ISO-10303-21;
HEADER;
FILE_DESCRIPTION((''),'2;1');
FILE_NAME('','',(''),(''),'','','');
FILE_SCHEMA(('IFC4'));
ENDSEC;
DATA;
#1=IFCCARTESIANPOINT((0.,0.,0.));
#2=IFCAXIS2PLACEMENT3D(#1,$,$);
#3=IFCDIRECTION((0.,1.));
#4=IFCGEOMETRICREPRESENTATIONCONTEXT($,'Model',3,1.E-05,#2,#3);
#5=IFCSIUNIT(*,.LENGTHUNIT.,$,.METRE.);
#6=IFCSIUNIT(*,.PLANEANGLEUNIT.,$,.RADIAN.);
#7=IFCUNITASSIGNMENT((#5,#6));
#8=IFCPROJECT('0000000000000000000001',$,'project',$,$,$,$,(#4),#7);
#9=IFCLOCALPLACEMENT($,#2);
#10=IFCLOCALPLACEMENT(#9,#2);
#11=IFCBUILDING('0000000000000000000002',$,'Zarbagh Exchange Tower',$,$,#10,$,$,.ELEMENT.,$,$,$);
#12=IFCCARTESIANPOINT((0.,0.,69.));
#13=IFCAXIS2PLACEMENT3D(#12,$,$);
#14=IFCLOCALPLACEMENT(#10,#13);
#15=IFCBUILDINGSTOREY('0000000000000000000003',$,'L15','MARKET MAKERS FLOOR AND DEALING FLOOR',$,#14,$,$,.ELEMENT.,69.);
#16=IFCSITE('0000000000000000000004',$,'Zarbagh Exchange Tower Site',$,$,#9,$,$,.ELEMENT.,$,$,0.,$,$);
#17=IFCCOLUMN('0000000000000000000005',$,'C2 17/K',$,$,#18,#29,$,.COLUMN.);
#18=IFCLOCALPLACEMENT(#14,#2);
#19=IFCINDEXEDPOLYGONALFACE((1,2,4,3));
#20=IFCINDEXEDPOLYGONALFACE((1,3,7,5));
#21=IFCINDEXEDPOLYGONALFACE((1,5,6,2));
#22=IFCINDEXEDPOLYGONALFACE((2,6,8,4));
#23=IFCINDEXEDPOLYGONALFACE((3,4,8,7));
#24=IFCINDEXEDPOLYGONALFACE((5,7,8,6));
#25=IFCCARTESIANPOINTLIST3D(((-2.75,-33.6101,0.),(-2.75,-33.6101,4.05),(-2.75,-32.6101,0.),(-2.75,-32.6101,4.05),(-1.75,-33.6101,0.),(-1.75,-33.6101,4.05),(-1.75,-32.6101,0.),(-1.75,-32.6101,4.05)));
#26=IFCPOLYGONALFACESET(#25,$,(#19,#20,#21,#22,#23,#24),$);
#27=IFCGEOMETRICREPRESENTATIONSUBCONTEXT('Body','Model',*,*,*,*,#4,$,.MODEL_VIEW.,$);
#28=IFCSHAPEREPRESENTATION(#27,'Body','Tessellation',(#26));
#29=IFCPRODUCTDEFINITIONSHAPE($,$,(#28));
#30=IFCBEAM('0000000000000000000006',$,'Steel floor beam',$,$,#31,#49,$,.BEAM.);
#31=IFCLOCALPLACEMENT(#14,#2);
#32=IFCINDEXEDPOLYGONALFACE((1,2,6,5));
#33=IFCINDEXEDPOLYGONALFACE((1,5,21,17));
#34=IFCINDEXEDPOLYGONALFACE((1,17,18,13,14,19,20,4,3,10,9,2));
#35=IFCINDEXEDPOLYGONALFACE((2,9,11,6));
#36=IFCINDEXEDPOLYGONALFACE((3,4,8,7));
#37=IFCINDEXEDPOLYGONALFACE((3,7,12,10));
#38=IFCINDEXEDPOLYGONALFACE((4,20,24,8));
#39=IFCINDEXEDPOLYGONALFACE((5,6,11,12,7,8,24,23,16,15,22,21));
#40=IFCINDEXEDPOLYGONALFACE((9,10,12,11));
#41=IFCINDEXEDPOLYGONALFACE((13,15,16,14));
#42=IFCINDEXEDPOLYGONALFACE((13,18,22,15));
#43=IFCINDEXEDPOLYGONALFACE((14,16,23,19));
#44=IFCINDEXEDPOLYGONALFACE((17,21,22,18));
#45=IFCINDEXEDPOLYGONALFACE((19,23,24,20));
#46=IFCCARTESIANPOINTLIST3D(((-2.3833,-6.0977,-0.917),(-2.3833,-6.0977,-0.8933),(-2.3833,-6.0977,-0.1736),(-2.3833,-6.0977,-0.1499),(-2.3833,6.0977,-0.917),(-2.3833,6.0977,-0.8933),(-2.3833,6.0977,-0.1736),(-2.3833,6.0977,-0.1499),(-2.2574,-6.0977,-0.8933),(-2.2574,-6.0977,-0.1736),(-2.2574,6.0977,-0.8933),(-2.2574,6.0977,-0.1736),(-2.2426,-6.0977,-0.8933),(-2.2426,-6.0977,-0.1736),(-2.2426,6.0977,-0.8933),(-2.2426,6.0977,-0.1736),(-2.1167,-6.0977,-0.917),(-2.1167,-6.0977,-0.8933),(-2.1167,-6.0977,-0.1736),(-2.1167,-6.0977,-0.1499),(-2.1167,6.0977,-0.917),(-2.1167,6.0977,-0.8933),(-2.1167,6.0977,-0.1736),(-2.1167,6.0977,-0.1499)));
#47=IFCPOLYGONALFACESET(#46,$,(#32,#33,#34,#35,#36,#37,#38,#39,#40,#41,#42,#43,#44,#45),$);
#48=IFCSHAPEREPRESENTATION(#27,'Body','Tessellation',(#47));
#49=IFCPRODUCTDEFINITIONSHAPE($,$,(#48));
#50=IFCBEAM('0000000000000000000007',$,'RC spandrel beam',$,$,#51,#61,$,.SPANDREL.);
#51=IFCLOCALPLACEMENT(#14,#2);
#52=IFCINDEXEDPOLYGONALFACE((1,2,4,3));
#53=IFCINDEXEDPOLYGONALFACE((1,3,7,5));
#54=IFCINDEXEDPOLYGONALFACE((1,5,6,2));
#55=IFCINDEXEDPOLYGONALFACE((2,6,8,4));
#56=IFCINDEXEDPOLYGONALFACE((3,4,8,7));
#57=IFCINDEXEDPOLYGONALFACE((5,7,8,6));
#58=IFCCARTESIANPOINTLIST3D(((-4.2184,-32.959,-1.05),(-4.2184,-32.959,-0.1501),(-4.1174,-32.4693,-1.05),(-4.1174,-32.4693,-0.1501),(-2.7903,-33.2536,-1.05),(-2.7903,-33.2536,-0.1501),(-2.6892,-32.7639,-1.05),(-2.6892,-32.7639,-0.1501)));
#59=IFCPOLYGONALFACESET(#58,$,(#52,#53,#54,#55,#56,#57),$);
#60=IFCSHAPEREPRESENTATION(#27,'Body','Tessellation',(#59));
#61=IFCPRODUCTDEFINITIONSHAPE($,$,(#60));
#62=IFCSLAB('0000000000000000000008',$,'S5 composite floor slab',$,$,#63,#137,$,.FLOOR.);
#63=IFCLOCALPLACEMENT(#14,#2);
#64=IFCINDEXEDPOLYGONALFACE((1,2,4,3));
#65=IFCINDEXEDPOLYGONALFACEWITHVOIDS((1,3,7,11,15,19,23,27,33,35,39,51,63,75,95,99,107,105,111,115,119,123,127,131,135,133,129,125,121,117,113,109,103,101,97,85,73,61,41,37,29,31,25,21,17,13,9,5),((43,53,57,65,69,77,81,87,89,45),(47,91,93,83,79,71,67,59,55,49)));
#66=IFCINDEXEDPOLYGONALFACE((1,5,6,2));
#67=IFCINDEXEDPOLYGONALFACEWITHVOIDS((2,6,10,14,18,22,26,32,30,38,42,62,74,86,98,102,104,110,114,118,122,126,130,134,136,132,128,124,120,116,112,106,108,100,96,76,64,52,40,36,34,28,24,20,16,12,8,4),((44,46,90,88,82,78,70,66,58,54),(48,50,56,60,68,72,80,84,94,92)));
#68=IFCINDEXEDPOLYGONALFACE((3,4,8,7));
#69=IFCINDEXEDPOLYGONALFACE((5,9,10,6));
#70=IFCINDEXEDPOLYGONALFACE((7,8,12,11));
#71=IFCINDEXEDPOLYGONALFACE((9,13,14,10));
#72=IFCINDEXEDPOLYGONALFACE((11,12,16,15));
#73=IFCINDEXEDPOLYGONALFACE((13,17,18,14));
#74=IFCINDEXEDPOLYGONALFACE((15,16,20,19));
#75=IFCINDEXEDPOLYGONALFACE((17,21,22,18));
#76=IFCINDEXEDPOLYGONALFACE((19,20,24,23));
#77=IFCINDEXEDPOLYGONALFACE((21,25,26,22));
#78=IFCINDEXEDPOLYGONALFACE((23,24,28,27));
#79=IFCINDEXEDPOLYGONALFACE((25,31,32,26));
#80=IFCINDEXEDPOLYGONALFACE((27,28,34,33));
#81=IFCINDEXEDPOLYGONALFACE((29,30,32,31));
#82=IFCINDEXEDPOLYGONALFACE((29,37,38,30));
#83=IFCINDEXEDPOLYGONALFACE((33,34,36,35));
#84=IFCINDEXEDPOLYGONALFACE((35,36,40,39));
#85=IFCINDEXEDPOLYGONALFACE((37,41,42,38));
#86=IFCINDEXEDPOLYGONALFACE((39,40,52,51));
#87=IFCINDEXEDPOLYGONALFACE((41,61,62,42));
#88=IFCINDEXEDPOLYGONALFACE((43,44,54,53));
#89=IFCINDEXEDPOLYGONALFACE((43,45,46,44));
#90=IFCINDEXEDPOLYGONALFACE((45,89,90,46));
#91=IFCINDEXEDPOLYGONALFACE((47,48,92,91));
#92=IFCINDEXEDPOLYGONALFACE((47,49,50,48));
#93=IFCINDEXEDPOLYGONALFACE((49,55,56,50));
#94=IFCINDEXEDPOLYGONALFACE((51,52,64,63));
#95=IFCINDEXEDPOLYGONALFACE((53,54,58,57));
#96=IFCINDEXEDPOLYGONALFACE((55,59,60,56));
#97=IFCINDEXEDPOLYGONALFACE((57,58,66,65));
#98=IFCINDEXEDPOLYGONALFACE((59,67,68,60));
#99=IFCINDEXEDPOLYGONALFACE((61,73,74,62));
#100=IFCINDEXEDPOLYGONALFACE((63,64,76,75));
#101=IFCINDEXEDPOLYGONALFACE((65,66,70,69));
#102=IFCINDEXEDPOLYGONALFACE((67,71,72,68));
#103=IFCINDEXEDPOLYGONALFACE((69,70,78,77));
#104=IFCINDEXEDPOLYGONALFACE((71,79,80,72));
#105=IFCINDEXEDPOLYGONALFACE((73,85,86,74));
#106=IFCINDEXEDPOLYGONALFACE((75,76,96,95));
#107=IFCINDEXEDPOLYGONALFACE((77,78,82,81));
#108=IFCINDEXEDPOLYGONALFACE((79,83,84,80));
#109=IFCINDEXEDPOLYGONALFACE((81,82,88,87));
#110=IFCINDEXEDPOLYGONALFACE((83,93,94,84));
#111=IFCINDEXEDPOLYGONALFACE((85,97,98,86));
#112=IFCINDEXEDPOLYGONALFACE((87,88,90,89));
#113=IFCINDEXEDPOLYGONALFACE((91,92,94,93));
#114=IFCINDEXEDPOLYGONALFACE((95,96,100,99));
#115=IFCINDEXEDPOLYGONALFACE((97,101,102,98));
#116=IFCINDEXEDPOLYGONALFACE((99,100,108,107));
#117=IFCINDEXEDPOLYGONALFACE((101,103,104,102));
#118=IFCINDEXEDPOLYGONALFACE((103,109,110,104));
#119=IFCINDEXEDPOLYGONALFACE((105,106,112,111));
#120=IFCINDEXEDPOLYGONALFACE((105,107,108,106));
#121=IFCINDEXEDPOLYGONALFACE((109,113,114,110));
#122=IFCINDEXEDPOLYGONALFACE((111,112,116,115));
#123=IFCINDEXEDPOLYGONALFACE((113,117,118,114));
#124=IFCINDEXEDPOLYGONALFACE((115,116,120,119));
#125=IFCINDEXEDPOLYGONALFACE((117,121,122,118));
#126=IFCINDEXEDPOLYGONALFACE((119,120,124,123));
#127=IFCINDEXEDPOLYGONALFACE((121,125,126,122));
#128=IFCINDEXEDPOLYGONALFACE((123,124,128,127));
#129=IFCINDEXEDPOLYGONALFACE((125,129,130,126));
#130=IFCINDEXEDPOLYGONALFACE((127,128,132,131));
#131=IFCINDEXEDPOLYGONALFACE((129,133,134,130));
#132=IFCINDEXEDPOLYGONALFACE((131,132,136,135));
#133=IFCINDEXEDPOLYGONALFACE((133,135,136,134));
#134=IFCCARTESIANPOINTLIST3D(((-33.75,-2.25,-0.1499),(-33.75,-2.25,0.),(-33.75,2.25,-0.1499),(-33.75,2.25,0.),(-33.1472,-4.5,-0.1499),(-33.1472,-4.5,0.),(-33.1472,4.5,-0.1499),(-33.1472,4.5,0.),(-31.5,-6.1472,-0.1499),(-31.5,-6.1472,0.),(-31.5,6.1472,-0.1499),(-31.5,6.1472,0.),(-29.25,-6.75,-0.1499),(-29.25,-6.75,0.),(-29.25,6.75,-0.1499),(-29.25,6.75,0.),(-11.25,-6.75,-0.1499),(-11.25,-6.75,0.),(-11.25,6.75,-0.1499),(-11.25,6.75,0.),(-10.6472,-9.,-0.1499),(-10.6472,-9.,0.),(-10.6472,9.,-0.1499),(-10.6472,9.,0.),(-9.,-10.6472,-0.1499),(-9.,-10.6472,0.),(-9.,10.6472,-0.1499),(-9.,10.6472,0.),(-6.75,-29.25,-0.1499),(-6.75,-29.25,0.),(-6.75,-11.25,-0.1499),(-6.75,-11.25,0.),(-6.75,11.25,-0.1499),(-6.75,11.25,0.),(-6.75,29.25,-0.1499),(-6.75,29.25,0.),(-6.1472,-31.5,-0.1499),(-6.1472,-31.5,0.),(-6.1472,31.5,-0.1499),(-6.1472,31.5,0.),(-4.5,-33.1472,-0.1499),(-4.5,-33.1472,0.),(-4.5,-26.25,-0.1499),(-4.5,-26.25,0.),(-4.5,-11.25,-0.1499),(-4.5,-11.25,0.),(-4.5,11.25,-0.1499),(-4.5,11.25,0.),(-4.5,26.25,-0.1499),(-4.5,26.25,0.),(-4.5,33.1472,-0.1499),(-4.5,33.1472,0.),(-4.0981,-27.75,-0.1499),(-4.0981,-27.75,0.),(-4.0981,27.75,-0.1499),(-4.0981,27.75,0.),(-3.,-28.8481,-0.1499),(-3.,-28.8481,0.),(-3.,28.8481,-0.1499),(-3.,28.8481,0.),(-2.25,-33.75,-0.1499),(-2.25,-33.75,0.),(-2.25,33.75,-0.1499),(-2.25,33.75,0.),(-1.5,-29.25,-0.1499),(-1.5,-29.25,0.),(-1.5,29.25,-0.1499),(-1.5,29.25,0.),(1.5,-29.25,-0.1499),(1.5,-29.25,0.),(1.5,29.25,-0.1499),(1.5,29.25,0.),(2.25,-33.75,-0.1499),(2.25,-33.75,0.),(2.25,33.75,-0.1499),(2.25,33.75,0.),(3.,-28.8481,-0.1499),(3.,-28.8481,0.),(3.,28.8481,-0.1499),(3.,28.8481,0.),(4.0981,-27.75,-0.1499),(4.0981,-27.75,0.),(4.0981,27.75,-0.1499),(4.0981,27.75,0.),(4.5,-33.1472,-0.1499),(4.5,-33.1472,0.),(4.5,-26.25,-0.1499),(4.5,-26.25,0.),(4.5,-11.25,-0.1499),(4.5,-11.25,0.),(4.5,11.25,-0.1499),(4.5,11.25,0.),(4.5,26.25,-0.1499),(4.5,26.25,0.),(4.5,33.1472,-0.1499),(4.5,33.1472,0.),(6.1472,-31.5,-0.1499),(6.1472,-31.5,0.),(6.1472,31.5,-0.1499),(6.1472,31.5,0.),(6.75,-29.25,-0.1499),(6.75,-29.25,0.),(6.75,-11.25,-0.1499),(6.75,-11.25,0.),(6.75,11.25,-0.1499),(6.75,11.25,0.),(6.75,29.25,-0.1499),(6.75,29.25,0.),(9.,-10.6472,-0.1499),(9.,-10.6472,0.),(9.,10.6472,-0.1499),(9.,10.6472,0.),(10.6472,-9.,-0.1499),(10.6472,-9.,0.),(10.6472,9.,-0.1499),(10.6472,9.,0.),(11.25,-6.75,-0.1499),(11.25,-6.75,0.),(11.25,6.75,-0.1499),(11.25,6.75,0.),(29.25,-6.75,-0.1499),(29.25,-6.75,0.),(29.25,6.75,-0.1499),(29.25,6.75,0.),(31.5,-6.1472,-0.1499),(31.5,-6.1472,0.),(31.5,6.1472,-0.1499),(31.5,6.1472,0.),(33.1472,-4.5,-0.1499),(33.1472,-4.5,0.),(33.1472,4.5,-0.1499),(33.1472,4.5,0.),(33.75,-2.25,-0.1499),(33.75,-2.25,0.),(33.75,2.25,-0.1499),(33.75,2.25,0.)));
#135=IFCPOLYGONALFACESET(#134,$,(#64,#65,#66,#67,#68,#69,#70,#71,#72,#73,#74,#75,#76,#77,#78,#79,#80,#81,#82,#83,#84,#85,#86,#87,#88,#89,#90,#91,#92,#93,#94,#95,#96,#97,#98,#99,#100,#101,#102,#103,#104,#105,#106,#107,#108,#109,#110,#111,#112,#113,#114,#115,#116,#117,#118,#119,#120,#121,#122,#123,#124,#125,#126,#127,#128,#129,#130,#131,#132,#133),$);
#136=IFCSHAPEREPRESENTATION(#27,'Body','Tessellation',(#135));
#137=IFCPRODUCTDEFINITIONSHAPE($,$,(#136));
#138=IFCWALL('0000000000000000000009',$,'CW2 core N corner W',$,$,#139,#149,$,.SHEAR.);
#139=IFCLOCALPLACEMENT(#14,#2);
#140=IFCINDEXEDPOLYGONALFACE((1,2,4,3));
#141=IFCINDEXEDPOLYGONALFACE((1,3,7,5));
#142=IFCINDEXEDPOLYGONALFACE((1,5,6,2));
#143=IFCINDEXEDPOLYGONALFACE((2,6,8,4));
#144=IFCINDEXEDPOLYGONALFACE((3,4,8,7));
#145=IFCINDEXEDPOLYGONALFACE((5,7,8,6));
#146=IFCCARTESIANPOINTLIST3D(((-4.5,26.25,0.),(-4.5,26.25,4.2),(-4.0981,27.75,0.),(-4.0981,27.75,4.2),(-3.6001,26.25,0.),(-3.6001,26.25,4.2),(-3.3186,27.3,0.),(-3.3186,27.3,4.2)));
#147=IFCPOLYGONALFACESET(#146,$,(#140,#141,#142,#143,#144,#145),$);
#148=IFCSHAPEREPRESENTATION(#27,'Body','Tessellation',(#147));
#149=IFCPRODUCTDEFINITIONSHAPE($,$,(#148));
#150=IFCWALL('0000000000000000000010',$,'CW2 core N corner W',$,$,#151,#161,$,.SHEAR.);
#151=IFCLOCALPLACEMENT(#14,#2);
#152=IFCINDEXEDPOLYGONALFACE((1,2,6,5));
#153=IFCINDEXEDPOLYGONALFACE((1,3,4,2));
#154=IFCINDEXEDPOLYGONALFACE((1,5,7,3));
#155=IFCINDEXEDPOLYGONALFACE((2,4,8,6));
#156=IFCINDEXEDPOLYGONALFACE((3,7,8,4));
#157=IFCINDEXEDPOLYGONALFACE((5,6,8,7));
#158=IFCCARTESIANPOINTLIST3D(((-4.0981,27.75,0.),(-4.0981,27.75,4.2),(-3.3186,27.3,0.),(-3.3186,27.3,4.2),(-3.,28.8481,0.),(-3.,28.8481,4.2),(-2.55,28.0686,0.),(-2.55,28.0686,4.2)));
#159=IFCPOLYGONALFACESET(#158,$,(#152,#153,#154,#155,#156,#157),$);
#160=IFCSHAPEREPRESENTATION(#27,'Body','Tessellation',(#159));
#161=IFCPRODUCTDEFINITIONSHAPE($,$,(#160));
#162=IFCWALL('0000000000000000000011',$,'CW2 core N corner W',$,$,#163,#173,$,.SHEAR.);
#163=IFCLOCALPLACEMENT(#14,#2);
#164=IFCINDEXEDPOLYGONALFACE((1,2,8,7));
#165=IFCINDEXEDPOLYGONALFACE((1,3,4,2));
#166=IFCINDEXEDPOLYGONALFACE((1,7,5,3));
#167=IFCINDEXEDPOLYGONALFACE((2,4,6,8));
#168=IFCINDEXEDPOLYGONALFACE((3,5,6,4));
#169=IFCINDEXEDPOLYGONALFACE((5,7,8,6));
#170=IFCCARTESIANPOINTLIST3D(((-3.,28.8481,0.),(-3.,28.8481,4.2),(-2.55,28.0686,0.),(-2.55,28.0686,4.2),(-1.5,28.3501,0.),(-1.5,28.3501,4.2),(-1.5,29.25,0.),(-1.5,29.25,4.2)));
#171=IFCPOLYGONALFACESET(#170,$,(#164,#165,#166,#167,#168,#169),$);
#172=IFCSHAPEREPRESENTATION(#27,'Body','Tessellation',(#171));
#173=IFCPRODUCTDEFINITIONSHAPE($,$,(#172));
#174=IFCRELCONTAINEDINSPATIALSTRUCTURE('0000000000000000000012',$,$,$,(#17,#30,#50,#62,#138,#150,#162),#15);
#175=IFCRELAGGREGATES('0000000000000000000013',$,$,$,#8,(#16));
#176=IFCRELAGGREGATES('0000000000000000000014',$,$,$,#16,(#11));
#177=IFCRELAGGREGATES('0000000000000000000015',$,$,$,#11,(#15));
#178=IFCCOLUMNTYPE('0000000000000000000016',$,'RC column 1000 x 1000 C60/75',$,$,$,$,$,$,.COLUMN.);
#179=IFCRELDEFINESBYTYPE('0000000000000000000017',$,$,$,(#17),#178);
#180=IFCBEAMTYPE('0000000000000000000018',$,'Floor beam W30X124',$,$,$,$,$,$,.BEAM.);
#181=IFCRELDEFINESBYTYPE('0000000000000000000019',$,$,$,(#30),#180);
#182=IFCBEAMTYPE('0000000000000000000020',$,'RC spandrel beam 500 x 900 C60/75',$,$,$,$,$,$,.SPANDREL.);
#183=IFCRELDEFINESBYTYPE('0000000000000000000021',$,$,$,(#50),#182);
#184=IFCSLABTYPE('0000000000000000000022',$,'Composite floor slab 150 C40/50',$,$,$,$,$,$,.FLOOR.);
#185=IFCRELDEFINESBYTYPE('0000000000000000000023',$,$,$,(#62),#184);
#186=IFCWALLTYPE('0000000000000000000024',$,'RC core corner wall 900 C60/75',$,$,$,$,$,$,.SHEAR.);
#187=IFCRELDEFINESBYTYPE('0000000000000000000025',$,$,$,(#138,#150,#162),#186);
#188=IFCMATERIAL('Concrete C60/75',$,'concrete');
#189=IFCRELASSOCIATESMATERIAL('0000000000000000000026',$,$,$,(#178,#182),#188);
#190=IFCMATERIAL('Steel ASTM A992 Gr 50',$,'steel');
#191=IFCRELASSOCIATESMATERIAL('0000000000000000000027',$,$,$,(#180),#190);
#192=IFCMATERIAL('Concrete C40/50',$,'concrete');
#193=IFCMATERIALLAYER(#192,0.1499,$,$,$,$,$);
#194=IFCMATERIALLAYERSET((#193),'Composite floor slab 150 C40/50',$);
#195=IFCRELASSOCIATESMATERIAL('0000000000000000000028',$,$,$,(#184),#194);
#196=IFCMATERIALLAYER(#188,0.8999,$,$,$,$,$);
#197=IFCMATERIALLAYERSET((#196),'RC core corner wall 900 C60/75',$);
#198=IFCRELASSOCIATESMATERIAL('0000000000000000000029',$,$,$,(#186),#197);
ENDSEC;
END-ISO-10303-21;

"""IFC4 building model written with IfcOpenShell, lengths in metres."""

from ifc_helpers import new_model, si_unit, direction, frame, origin, origin_2d, place, context, subcontext, project, spatial, polyline, rectangle, i_section, outline, extrude, material, layer, layer_set, material_profile, profile_set, type_object, element, save


model = new_model("IFC4")

# Units and contexts
model_context = context("Model", 3, precision=1e-05, world=origin(), true_north=direction((0.0, 1.0)))
body_context = subcontext(model_context, "Body", "Model", "MODEL_VIEW")
ifc_project = project(units=[si_unit("LENGTHUNIT", "METRE"), si_unit("PLANEANGLEUNIT", "RADIAN")], contexts=[model_context])

# Site, building, storey
site_placement = place(None, origin())
site = spatial("IfcSite", under=ifc_project, at=site_placement, Name="Zarbagh Exchange Tower Site", CompositionType="ELEMENT", RefElevation=0.0)
building_placement = place(site_placement, origin())
building = spatial("IfcBuilding", under=site, at=building_placement, Name="Zarbagh Exchange Tower", CompositionType="ELEMENT")
storey_placement = place(building_placement, frame((0.0, 0.0, 69.0)))
storey = spatial("IfcBuildingStorey", under=building, at=storey_placement, Name="L15", Description="MARKET MAKERS FLOOR AND DEALING FLOOR", CompositionType="ELEMENT", Elevation=69.0)

# Column
ifc_material_1 = material(Name="Concrete C60/75", Category="concrete")
ifc_material_profile_1 = material_profile(ifc_material_1, rectangle(XDim=1.0, YDim=1.0, at=origin_2d()), Name="RC column 1000 x 1000 C60/75")
ifc_profile_set_1 = profile_set([ifc_material_profile_1], Name="Concrete C60/75")
column_type = type_object("IfcColumnType", Name="RC column 1000 x 1000 C60/75", PredefinedType="COLUMN", material=ifc_profile_set_1)
column_placement = place(storey_placement, frame((-2.25, -33.1101, 0.0), z_axis=(0.0, 0.0, 1.0), x_axis=(1.0, 0.0, 0.0)))
element("IfcColumn", 1, at=column_placement, inside=storey, type_object=column_type, Name="C2 17/K", PredefinedType="COLUMN", context=body_context, shape_type="SweptSolid", body=[
    extrude(rectangle(XDim=1.0, YDim=1.0, at=origin_2d()), origin(), (0.0, 0.0, 1.0), 4.05),
])

# Beams
ifc_material_2 = material(Name="Steel ASTM A992 Gr 50", Category="steel")
ifc_material_profile_2 = material_profile(ifc_material_2, i_section(OverallWidth=0.2666, OverallDepth=0.7671, WebThickness=0.0149, FlangeThickness=0.0237, at=origin_2d()), Name="W30X124")
ifc_profile_set_2 = profile_set([ifc_material_profile_2], Name="Steel ASTM A992 Gr 50")
beam_type_1 = type_object("IfcBeamType", Name="Floor beam W30X124", PredefinedType="BEAM", material=ifc_profile_set_2)
beam_1_placement = place(storey_placement, frame((-2.25, -6.0977, -0.5334), z_axis=(0.0, 1.0, 0.0), x_axis=(-1.0, 0.0, 0.0)))
element("IfcBeam", 2, at=beam_1_placement, inside=storey, type_object=beam_type_1, Name="Steel floor beam", PredefinedType="BEAM", context=body_context, shape_type="SweptSolid", body=[
    extrude(i_section(OverallWidth=0.2666, OverallDepth=0.7671, WebThickness=0.0149, FlangeThickness=0.0237, at=origin_2d()), origin(), (0.0, 0.0, 1.0), 12.1953),
])
ifc_material_profile_3 = material_profile(ifc_material_1, rectangle(XDim=0.5, YDim=0.8999, at=origin_2d()), Name="RC spandrel beam 500 x 900 C60/75")
ifc_profile_set_3 = profile_set([ifc_material_profile_3], Name="Concrete C60/75")
beam_type_2 = type_object("IfcBeamType", Name="RC spandrel beam 500 x 900 C60/75", PredefinedType="SPANDREL", material=ifc_profile_set_3)
beam_2_placement = place(storey_placement, frame((-2.7397, -33.0088, -0.6001), z_axis=(-0.979371, 0.202069, 0.0), x_axis=(-0.202069, -0.979371, 0.0)))
element("IfcBeam", 3, at=beam_2_placement, inside=storey, type_object=beam_type_2, Name="RC spandrel beam", PredefinedType="SPANDREL", context=body_context, shape_type="SweptSolid", body=[
    extrude(rectangle(XDim=0.5, YDim=0.8999, at=origin_2d()), origin(), (0.0, 0.0, 1.0), 1.4583),
])

# Slab
ifc_material_3 = material(Name="Concrete C40/50", Category="concrete")
ifc_layer_1 = layer(ifc_material_3, 0.1499)
ifc_layer_set_1 = layer_set([ifc_layer_1], Name="Composite floor slab 150 C40/50")
slab_type = type_object("IfcSlabType", Name="Composite floor slab 150 C40/50", PredefinedType="FLOOR", material=ifc_layer_set_1)
slab_placement = place(storey_placement, frame((0.0, 0.0, -0.1499)))
element("IfcSlab", 4, at=slab_placement, inside=storey, type_object=slab_type, Name="S5 composite floor slab", PredefinedType="FLOOR", context=body_context, shape_type="SweptSolid", body=[
    extrude(outline(polyline([(-2.25, -33.75), (-4.5, -33.1472), (-6.1472, -31.5), (-6.75, -29.25), (-6.75, -11.25), (-9.0, -10.6472), (-10.6472, -9.0), (-11.25, -6.75), (-29.25, -6.75), (-31.5, -6.1472), (-33.1472, -4.5), (-33.75, -2.25), (-33.75, 2.25), (-33.1472, 4.5), (-31.5, 6.1472), (-29.25, 6.75), (-11.25, 6.75), (-10.6472, 9.0), (-9.0, 10.6472), (-6.75, 11.25), (-6.75, 29.25), (-6.1472, 31.5), (-4.5, 33.1472), (-2.25, 33.75), (2.25, 33.75), (4.5, 33.1472), (6.1472, 31.5), (6.75, 29.25), (6.75, 11.25), (9.0, 10.6472), (10.6472, 9.0), (11.25, 6.75), (29.25, 6.75), (31.5, 6.1472), (33.1472, 4.5), (33.75, 2.25), (33.75, -2.25), (33.1472, -4.5), (31.5, -6.1472), (29.25, -6.75), (11.25, -6.75), (10.6472, -9.0), (9.0, -10.6472), (6.75, -11.25), (6.75, -29.25), (6.1472, -31.5), (4.5, -33.1472), (2.25, -33.75), (-2.25, -33.75)]), holes=[polyline([(4.5, 11.25), (4.5, 26.25), (4.0981, 27.75), (3.0, 28.8481), (1.5, 29.25), (-1.5, 29.25), (-3.0, 28.8481), (-4.0981, 27.75), (-4.5, 26.25), (-4.5, 11.25), (4.5, 11.25)]), polyline([(-1.5, -29.25), (1.5, -29.25), (3.0, -28.8481), (4.0981, -27.75), (4.5, -26.25), (4.5, -11.25), (-4.5, -11.25), (-4.5, -26.25), (-4.0981, -27.75), (-3.0, -28.8481), (-1.5, -29.25)])]), origin(), (0.0, 0.0, 1.0), 0.1499),
])

# Walls
ifc_layer_2 = layer(ifc_material_1, 0.8999)
ifc_layer_set_2 = layer_set([ifc_layer_2], Name="RC core corner wall 900 C60/75")
wall_type_1 = type_object("IfcWallType", Name="RC core corner wall 900 C60/75", PredefinedType="SHEAR", material=ifc_layer_set_2)
wall_1_placement = place(storey_placement, origin())
element("IfcWall", 5, at=wall_1_placement, inside=storey, type_object=wall_type_1, Name="CW2 core N corner W", PredefinedType="SHEAR", context=body_context, shape_type="SweptSolid", body=[
    extrude(outline(polyline([(-4.5, 26.25), (-4.0981, 27.75), (-3.3186, 27.3), (-3.6001, 26.25), (-4.5, 26.25)])), origin(), (0.0, 0.0, 1.0), 4.2),
])
wall_2_placement = place(storey_placement, origin())
element("IfcWall", 6, at=wall_2_placement, inside=storey, type_object=wall_type_1, Name="CW2 core N corner W", PredefinedType="SHEAR", context=body_context, shape_type="SweptSolid", body=[
    extrude(outline(polyline([(-4.0981, 27.75), (-3.0, 28.8481), (-2.55, 28.0686), (-3.3186, 27.3), (-4.0981, 27.75)])), origin(), (0.0, 0.0, 1.0), 4.2),
])
wall_3_placement = place(storey_placement, origin())
element("IfcWall", 7, at=wall_3_placement, inside=storey, type_object=wall_type_1, Name="CW2 core N corner W", PredefinedType="SHEAR", context=body_context, shape_type="SweptSolid", body=[
    extrude(outline(polyline([(-3.0, 28.8481), (-1.5, 29.25), (-1.5, 28.3501), (-2.55, 28.0686), (-3.0, 28.8481)])), origin(), (0.0, 0.0, 1.0), 4.2),
])

save(model, "model.ifc")
